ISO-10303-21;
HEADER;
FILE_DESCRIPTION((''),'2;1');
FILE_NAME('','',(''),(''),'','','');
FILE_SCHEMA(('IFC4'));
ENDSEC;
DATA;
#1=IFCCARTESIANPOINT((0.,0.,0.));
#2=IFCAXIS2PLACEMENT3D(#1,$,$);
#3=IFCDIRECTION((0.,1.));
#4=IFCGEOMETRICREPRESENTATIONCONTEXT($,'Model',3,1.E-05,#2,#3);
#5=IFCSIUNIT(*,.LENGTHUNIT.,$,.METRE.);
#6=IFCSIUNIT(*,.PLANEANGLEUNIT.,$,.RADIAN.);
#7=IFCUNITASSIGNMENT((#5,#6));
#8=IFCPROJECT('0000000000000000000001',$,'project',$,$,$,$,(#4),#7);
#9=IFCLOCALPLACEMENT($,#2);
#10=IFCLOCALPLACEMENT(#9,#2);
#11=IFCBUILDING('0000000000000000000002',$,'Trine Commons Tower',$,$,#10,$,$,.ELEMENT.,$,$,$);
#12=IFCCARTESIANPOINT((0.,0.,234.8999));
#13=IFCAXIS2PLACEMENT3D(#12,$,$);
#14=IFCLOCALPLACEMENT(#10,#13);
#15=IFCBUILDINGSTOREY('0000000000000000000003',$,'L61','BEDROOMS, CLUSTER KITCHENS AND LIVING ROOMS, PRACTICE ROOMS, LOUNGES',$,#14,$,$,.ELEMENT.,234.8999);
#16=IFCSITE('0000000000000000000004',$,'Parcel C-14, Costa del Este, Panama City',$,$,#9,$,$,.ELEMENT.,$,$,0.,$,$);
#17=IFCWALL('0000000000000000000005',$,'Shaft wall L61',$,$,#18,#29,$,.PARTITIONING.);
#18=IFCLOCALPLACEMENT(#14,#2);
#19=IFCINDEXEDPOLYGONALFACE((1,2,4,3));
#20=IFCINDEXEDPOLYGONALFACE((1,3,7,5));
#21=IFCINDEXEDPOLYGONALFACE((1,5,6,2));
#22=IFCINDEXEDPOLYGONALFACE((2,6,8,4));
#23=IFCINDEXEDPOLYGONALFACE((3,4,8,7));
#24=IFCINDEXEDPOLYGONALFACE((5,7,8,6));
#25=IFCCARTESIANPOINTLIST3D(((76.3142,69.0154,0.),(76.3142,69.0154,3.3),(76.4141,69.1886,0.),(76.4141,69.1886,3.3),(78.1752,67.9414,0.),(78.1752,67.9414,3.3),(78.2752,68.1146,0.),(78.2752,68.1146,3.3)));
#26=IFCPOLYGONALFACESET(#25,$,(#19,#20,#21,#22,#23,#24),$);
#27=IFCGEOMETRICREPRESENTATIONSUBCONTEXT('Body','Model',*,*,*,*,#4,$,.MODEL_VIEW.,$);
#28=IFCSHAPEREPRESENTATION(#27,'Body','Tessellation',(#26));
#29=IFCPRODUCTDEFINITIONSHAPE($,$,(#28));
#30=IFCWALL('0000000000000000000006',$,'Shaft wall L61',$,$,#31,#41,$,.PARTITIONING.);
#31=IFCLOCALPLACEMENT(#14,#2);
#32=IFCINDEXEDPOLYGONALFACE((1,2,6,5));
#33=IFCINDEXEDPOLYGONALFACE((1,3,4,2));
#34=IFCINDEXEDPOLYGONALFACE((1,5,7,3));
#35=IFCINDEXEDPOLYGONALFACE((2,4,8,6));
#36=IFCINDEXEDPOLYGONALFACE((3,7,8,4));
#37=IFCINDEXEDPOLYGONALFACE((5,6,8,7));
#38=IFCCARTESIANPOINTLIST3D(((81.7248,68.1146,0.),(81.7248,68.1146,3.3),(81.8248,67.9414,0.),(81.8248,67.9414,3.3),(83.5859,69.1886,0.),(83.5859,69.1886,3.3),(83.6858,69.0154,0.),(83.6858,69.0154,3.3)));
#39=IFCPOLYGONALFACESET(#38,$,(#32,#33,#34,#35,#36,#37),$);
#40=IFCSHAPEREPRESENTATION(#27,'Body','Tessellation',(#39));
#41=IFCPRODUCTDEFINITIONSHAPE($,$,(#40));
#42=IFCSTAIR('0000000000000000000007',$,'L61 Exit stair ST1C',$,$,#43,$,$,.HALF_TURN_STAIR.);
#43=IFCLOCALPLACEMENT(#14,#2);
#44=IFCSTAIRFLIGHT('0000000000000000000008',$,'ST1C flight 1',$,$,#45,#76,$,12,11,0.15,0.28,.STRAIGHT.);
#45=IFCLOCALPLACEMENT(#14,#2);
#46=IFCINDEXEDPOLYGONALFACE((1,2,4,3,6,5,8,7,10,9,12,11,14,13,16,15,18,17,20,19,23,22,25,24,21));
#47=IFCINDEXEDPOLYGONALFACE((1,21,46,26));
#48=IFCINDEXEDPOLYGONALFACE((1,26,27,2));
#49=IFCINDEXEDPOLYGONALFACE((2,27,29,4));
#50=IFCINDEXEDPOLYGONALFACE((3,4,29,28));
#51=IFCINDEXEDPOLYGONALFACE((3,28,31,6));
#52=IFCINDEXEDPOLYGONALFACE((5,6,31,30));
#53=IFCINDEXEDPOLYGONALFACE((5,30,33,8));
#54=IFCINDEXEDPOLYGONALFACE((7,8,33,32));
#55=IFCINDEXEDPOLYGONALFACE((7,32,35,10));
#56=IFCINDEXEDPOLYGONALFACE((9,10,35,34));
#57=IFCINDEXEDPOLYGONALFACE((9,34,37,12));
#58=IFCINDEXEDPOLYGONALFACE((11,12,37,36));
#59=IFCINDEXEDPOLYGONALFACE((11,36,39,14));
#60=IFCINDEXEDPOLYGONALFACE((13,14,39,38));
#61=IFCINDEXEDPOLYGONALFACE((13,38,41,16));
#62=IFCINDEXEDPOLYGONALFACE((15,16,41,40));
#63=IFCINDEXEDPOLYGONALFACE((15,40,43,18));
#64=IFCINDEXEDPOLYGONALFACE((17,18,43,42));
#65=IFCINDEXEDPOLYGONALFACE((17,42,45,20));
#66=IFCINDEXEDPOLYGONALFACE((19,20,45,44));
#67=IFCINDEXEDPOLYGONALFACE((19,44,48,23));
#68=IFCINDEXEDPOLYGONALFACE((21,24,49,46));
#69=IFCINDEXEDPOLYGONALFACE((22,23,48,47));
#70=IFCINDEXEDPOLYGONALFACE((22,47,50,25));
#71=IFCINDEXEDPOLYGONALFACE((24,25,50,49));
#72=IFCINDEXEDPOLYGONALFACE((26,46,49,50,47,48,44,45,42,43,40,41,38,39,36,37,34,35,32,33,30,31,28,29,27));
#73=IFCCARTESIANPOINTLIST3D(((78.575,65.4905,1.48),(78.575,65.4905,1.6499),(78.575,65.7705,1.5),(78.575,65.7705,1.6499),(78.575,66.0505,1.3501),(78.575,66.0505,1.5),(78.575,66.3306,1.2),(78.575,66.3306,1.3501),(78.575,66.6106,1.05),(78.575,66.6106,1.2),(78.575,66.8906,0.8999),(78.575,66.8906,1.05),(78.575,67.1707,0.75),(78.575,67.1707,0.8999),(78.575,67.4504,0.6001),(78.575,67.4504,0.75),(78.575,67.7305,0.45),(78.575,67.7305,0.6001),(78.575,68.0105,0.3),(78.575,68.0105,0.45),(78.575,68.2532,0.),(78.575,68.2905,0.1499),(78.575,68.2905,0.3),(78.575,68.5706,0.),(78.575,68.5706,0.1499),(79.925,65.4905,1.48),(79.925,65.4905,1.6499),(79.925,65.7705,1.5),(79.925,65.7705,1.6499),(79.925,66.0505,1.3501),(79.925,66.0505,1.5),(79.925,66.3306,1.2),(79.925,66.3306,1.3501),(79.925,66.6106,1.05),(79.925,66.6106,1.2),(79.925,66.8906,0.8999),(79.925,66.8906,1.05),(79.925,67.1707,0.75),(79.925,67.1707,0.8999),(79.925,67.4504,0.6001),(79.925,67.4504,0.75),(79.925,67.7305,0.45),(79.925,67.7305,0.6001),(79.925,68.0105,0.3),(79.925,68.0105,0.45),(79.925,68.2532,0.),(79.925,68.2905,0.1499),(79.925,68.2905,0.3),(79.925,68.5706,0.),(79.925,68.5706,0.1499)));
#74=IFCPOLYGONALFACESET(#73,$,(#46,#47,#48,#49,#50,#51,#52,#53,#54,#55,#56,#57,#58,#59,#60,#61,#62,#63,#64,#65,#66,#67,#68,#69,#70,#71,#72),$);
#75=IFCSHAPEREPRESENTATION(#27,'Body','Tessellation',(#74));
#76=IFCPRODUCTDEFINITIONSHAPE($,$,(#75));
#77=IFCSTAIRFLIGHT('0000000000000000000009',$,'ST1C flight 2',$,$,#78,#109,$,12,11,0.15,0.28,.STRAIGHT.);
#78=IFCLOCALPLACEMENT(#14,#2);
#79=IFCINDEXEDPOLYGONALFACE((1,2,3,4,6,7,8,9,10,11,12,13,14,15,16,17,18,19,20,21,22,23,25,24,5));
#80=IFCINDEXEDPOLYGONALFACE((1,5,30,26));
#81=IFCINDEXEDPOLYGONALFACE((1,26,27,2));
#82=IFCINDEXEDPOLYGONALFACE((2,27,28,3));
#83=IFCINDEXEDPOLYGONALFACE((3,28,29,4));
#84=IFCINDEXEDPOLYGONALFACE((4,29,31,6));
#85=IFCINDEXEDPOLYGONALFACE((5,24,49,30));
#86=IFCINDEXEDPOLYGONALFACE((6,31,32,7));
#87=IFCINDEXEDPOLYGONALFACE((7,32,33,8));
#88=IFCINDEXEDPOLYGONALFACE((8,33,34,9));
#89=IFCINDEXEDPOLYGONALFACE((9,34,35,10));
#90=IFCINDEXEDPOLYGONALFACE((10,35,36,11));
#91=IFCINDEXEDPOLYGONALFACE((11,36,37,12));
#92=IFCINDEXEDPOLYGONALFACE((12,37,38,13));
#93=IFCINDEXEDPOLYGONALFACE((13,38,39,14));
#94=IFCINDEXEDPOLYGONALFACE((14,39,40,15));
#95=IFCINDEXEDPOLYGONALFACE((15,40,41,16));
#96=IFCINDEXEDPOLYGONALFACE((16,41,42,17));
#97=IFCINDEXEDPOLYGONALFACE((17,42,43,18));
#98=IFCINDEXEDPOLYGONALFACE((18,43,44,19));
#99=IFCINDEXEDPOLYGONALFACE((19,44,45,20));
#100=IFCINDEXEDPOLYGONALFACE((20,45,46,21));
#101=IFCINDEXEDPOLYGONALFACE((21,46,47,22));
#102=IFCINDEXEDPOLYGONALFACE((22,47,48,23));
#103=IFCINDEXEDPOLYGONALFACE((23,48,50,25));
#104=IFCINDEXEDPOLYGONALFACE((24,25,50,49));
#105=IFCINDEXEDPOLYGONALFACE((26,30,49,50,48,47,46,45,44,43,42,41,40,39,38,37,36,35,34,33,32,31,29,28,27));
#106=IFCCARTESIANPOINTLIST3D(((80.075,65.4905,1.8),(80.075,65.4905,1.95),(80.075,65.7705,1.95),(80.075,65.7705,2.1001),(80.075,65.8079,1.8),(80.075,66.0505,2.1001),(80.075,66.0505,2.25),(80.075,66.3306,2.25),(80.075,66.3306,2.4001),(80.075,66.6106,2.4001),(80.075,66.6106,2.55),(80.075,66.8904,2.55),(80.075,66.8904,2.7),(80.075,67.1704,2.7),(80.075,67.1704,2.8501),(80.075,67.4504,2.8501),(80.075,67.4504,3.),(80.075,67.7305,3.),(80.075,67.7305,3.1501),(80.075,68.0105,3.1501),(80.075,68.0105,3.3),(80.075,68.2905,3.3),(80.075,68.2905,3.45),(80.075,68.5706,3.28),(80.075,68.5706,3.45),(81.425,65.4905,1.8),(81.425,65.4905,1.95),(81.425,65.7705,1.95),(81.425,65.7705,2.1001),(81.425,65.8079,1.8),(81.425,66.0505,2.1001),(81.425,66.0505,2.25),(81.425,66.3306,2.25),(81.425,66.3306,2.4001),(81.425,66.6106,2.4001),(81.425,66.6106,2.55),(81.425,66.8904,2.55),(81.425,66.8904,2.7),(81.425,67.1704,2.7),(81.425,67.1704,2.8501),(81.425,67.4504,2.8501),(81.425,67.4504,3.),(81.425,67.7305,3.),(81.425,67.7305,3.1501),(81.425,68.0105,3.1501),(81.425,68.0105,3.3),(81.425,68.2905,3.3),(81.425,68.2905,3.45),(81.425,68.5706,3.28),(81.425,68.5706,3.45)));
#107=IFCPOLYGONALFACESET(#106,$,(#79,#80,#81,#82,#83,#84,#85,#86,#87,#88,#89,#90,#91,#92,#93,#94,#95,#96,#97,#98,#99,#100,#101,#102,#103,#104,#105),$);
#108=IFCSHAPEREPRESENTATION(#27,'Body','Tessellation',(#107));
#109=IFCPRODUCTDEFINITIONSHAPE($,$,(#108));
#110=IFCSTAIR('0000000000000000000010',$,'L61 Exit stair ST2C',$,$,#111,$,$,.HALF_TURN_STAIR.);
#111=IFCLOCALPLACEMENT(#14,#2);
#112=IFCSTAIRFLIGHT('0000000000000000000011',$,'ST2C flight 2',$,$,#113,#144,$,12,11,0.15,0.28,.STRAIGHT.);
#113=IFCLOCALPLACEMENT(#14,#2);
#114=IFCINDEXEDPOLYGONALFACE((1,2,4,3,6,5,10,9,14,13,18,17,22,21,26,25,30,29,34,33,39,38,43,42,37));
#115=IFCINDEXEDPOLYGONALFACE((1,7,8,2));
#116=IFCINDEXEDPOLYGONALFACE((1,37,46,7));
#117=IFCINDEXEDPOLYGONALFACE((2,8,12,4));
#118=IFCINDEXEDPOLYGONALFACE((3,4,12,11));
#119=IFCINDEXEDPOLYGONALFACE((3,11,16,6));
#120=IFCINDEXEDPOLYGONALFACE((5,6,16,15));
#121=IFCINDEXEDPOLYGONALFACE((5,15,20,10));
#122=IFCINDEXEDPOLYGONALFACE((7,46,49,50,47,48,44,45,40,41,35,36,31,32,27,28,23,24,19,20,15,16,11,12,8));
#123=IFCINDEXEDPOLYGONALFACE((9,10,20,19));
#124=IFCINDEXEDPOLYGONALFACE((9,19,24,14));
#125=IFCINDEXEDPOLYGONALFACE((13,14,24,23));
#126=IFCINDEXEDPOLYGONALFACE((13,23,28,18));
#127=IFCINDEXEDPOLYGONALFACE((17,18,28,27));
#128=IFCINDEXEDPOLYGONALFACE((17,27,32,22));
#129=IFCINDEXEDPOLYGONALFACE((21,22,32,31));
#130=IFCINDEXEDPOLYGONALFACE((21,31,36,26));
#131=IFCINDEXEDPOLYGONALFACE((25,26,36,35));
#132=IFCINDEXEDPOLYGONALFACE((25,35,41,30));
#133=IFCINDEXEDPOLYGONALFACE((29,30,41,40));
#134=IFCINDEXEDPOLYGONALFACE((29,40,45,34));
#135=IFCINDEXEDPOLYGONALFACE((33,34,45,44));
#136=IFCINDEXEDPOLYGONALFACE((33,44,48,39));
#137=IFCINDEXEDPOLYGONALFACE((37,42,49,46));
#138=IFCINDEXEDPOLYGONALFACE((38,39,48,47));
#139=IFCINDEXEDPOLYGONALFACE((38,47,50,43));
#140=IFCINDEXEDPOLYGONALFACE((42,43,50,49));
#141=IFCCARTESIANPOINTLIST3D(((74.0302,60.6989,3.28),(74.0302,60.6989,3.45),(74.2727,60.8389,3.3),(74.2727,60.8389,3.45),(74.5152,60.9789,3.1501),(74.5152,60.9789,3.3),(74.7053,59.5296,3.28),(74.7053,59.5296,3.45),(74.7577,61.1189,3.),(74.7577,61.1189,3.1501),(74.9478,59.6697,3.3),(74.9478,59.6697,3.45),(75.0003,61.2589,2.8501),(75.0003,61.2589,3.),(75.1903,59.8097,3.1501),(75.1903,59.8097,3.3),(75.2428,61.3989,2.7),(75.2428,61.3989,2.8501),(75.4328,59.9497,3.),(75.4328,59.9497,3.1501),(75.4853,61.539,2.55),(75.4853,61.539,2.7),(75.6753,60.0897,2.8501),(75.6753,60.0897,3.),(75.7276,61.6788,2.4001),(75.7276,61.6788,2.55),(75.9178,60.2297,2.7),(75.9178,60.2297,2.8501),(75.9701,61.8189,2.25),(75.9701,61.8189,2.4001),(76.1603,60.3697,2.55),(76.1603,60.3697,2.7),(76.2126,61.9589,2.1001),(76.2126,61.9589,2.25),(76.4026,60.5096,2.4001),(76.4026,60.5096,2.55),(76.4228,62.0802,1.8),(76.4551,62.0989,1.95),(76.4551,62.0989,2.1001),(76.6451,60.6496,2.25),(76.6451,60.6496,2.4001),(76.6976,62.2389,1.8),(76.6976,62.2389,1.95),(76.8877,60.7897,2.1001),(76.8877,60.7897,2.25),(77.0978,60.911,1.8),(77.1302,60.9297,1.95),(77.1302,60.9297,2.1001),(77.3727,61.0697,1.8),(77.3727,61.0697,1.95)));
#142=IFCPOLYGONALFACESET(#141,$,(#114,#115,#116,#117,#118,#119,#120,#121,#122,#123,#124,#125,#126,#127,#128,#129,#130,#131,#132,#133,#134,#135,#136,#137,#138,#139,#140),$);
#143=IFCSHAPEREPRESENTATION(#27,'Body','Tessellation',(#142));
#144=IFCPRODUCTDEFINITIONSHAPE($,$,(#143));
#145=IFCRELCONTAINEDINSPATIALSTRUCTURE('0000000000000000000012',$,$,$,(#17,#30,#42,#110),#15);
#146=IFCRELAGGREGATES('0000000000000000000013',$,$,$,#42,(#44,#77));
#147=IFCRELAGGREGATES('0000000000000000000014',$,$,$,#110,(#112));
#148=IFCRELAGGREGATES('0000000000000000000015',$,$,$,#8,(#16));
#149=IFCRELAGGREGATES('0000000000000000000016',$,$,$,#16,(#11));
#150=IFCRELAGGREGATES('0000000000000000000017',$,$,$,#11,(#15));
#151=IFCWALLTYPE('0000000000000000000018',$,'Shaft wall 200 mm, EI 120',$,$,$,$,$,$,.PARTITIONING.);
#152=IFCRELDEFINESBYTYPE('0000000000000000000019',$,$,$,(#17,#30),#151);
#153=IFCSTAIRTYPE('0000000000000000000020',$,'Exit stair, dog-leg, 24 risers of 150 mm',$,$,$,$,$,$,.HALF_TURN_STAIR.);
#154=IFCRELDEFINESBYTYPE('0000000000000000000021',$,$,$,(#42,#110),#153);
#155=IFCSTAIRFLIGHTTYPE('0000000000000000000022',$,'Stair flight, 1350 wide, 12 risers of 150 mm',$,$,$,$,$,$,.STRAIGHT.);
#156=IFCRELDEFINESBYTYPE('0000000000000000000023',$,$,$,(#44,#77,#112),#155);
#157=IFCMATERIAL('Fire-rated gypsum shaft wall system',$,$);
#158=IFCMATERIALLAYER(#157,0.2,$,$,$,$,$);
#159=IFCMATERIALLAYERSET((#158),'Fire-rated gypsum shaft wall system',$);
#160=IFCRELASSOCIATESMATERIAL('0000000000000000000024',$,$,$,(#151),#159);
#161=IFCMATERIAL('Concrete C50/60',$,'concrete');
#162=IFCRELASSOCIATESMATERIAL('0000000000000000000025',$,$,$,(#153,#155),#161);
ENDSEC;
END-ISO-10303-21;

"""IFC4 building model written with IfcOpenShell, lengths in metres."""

from ifc_helpers import new_model, si_unit, direction, frame, frame_2d, origin, place, context, subcontext, project, spatial, polyline, rectangle, outline, extrude, material, layer, layer_set, type_object, element, aggregate, save


model = new_model("IFC4")

# Units and contexts
model_context = context("Model", 3, precision=1e-05, world=origin(), true_north=direction((0.0, 1.0)))
body_context = subcontext(model_context, "Body", "Model", "MODEL_VIEW")
ifc_project = project(units=[si_unit("LENGTHUNIT", "METRE"), si_unit("PLANEANGLEUNIT", "RADIAN")], contexts=[model_context])

# Site, building, storey
site_placement = place(None, origin())
site = spatial("IfcSite", under=ifc_project, at=site_placement, Name="Parcel C-14, Costa del Este, Panama City", CompositionType="ELEMENT", RefElevation=0.0)
building_placement = place(site_placement, origin())
building = spatial("IfcBuilding", under=site, at=building_placement, Name="Trine Commons Tower", CompositionType="ELEMENT")
storey_placement = place(building_placement, frame((0.0, 0.0, 234.8999)))
storey = spatial("IfcBuildingStorey", under=building, at=storey_placement, Name="L61", Description="BEDROOMS, CLUSTER KITCHENS AND LIVING ROOMS, PRACTICE ROOMS, LOUNGES", CompositionType="ELEMENT", Elevation=234.8999)

# Shared definitions
ifc_material_1 = material(Name="Fire-rated gypsum shaft wall system")
ifc_material_2 = material(Name="Concrete C50/60", Category="concrete")

# Walls
ifc_layer_1 = layer(ifc_material_1, 0.2)
ifc_layer_set_1 = layer_set([ifc_layer_1], Name="Fire-rated gypsum shaft wall system")
wall_type_1 = type_object("IfcWallType", Name="Shaft wall 200 mm, EI 120", PredefinedType="PARTITIONING", material=ifc_layer_set_1)
for number, where, z_axis, x_axis, name in (
    (1, (78.2251, 68.0281, 0.0), (0.0, 0.0, 1.0), (-0.866131, 0.499818, 0.0), "Shaft wall L61"),
    (2, (81.7749, 68.0281, 0.0), (0.0, 0.0, 1.0), (0.866131, 0.499818, 0.0), "Shaft wall L61"),
):
    element("IfcWall", number, at=place(storey_placement, frame(where, z_axis=z_axis, x_axis=x_axis)), inside=storey, type_object=wall_type_1, Name=name, PredefinedType="PARTITIONING", context=body_context, shape_type="SweptSolid", body=[
        extrude(rectangle(XDim=2.1487, YDim=0.2, at=frame_2d((1.0742, 0.0))), origin(), (0.0, 0.0, 1.0), 3.3),
    ])

# Stair, stair flights
stair_type = type_object("IfcStairType", Name="Exit stair, dog-leg, 24 risers of 150 mm", PredefinedType="HALF_TURN_STAIR", material=ifc_material_2)
stair_1_placement = place(storey_placement, origin())
stair_1 = element("IfcStair", 3, at=stair_1_placement, inside=storey, type_object=stair_type, Name="L61 Exit stair ST1C", PredefinedType="HALF_TURN_STAIR")
stair_flight_type = type_object("IfcStairFlightType", Name="Stair flight, 1350 wide, 12 risers of 150 mm", PredefinedType="STRAIGHT", material=ifc_material_2)
stair_flight_1_placement = place(storey_placement, frame((79.25, 68.5706, 0.0), z_axis=(0.0, 0.0, 1.0), x_axis=(0.0, -1.0, 0.0)))
stair_flight_1 = element("IfcStairFlight", 4, at=stair_flight_1_placement, type_object=stair_flight_type, Name="ST1C flight 1", NumberOfRisers=12, NumberOfTreads=11, PredefinedType="STRAIGHT", RiserHeight=0.15, TreadLength=0.28, context=body_context, shape_type="SweptSolid", body=[
    extrude(outline(polyline([(0.0, 0.0), (0.0, 0.1499), (0.28, 0.1499), (0.28, 0.3), (0.5601, 0.3), (0.5601, 0.45), (0.8401, 0.45), (0.8401, 0.6001), (1.1201, 0.6001), (1.1201, 0.75), (1.3999, 0.75), (1.3999, 0.8999), (1.6799, 0.8999), (1.6799, 1.05), (1.96, 1.05), (1.96, 1.2), (2.24, 1.2), (2.24, 1.3501), (2.52, 1.3501), (2.52, 1.5), (2.8, 1.5), (2.8, 1.6499), (3.0801, 1.6499), (3.0801, 1.8), (3.0801, 1.48), (0.3174, 0.0), (0.0, 0.0)])), frame((0.0, 0.675, 0.0), z_axis=(0.0, -1.0, 0.0), x_axis=(1.0, 0.0, 0.0)), (0.0, 0.0, 1.0), 1.3501),
])
stair_flight_2_placement = place(storey_placement, frame((80.75, 65.4905, 1.8), z_axis=(0.0, 0.0, 1.0), x_axis=(0.0, 1.0, 0.0)))
stair_flight_2 = element("IfcStairFlight", 5, at=stair_flight_2_placement, type_object=stair_flight_type, Name="ST1C flight 2", NumberOfRisers=12, NumberOfTreads=11, PredefinedType="STRAIGHT", RiserHeight=0.15, TreadLength=0.28, context=body_context, shape_type="SweptSolid", body=[
    extrude(outline(polyline([(0.0, 0.0), (0.0, 0.1499), (0.28, 0.1499), (0.28, 0.3), (0.5601, 0.3), (0.5601, 0.45), (0.8401, 0.45), (0.8401, 0.6001), (1.1201, 0.6001), (1.1201, 0.75), (1.3999, 0.75), (1.3999, 0.8999), (1.6799, 0.8999), (1.6799, 1.05), (1.96, 1.05), (1.96, 1.2), (2.24, 1.2), (2.24, 1.3501), (2.52, 1.3501), (2.52, 1.5), (2.8, 1.5), (2.8, 1.6499), (3.0801, 1.6499), (3.0801, 1.8), (3.0801, 1.48), (0.3174, 0.0), (0.0, 0.0)])), frame((0.0, 0.675, 0.0), z_axis=(0.0, -1.0, 0.0), x_axis=(1.0, 0.0, 0.0)), (0.0, 0.0, 1.0), 1.3501),
])
aggregate(stair_1, [stair_flight_1, stair_flight_2])

# Stair, stair flight
stair_2_placement = place(storey_placement, origin())
stair_2 = element("IfcStair", 6, at=stair_2_placement, inside=storey, type_object=stair_type, Name="L61 Exit stair ST2C", PredefinedType="HALF_TURN_STAIR")
stair_flight_3_placement = place(storey_placement, frame((77.0352, 61.6543, 1.8), z_axis=(0.0, 0.0, 1.0), x_axis=(-0.866025, -0.5, 0.0)))
stair_flight_3 = element("IfcStairFlight", 7, at=stair_flight_3_placement, type_object=stair_flight_type, Name="ST2C flight 2", NumberOfRisers=12, NumberOfTreads=11, PredefinedType="STRAIGHT", RiserHeight=0.15, TreadLength=0.28, context=body_context, shape_type="SweptSolid", body=[
    extrude(outline(polyline([(0.0, 0.0), (0.0, 0.1499), (0.28, 0.1499), (0.28, 0.3), (0.5601, 0.3), (0.5601, 0.45), (0.8401, 0.45), (0.8401, 0.6001), (1.1201, 0.6001), (1.1201, 0.75), (1.3999, 0.75), (1.3999, 0.8999), (1.6799, 0.8999), (1.6799, 1.05), (1.96, 1.05), (1.96, 1.2), (2.24, 1.2), (2.24, 1.3501), (2.52, 1.3501), (2.52, 1.5), (2.8, 1.5), (2.8, 1.6499), (3.0801, 1.6499), (3.0801, 1.8), (3.0801, 1.48), (0.3174, 0.0), (0.0, 0.0)])), frame((0.0, 0.675, 0.0), z_axis=(0.0, -1.0, 0.0), x_axis=(1.0, 0.0, 0.0)), (0.0, 0.0, 1.0), 1.3501),
])
aggregate(stair_2, [stair_flight_3])

save(model, "model.ifc")
